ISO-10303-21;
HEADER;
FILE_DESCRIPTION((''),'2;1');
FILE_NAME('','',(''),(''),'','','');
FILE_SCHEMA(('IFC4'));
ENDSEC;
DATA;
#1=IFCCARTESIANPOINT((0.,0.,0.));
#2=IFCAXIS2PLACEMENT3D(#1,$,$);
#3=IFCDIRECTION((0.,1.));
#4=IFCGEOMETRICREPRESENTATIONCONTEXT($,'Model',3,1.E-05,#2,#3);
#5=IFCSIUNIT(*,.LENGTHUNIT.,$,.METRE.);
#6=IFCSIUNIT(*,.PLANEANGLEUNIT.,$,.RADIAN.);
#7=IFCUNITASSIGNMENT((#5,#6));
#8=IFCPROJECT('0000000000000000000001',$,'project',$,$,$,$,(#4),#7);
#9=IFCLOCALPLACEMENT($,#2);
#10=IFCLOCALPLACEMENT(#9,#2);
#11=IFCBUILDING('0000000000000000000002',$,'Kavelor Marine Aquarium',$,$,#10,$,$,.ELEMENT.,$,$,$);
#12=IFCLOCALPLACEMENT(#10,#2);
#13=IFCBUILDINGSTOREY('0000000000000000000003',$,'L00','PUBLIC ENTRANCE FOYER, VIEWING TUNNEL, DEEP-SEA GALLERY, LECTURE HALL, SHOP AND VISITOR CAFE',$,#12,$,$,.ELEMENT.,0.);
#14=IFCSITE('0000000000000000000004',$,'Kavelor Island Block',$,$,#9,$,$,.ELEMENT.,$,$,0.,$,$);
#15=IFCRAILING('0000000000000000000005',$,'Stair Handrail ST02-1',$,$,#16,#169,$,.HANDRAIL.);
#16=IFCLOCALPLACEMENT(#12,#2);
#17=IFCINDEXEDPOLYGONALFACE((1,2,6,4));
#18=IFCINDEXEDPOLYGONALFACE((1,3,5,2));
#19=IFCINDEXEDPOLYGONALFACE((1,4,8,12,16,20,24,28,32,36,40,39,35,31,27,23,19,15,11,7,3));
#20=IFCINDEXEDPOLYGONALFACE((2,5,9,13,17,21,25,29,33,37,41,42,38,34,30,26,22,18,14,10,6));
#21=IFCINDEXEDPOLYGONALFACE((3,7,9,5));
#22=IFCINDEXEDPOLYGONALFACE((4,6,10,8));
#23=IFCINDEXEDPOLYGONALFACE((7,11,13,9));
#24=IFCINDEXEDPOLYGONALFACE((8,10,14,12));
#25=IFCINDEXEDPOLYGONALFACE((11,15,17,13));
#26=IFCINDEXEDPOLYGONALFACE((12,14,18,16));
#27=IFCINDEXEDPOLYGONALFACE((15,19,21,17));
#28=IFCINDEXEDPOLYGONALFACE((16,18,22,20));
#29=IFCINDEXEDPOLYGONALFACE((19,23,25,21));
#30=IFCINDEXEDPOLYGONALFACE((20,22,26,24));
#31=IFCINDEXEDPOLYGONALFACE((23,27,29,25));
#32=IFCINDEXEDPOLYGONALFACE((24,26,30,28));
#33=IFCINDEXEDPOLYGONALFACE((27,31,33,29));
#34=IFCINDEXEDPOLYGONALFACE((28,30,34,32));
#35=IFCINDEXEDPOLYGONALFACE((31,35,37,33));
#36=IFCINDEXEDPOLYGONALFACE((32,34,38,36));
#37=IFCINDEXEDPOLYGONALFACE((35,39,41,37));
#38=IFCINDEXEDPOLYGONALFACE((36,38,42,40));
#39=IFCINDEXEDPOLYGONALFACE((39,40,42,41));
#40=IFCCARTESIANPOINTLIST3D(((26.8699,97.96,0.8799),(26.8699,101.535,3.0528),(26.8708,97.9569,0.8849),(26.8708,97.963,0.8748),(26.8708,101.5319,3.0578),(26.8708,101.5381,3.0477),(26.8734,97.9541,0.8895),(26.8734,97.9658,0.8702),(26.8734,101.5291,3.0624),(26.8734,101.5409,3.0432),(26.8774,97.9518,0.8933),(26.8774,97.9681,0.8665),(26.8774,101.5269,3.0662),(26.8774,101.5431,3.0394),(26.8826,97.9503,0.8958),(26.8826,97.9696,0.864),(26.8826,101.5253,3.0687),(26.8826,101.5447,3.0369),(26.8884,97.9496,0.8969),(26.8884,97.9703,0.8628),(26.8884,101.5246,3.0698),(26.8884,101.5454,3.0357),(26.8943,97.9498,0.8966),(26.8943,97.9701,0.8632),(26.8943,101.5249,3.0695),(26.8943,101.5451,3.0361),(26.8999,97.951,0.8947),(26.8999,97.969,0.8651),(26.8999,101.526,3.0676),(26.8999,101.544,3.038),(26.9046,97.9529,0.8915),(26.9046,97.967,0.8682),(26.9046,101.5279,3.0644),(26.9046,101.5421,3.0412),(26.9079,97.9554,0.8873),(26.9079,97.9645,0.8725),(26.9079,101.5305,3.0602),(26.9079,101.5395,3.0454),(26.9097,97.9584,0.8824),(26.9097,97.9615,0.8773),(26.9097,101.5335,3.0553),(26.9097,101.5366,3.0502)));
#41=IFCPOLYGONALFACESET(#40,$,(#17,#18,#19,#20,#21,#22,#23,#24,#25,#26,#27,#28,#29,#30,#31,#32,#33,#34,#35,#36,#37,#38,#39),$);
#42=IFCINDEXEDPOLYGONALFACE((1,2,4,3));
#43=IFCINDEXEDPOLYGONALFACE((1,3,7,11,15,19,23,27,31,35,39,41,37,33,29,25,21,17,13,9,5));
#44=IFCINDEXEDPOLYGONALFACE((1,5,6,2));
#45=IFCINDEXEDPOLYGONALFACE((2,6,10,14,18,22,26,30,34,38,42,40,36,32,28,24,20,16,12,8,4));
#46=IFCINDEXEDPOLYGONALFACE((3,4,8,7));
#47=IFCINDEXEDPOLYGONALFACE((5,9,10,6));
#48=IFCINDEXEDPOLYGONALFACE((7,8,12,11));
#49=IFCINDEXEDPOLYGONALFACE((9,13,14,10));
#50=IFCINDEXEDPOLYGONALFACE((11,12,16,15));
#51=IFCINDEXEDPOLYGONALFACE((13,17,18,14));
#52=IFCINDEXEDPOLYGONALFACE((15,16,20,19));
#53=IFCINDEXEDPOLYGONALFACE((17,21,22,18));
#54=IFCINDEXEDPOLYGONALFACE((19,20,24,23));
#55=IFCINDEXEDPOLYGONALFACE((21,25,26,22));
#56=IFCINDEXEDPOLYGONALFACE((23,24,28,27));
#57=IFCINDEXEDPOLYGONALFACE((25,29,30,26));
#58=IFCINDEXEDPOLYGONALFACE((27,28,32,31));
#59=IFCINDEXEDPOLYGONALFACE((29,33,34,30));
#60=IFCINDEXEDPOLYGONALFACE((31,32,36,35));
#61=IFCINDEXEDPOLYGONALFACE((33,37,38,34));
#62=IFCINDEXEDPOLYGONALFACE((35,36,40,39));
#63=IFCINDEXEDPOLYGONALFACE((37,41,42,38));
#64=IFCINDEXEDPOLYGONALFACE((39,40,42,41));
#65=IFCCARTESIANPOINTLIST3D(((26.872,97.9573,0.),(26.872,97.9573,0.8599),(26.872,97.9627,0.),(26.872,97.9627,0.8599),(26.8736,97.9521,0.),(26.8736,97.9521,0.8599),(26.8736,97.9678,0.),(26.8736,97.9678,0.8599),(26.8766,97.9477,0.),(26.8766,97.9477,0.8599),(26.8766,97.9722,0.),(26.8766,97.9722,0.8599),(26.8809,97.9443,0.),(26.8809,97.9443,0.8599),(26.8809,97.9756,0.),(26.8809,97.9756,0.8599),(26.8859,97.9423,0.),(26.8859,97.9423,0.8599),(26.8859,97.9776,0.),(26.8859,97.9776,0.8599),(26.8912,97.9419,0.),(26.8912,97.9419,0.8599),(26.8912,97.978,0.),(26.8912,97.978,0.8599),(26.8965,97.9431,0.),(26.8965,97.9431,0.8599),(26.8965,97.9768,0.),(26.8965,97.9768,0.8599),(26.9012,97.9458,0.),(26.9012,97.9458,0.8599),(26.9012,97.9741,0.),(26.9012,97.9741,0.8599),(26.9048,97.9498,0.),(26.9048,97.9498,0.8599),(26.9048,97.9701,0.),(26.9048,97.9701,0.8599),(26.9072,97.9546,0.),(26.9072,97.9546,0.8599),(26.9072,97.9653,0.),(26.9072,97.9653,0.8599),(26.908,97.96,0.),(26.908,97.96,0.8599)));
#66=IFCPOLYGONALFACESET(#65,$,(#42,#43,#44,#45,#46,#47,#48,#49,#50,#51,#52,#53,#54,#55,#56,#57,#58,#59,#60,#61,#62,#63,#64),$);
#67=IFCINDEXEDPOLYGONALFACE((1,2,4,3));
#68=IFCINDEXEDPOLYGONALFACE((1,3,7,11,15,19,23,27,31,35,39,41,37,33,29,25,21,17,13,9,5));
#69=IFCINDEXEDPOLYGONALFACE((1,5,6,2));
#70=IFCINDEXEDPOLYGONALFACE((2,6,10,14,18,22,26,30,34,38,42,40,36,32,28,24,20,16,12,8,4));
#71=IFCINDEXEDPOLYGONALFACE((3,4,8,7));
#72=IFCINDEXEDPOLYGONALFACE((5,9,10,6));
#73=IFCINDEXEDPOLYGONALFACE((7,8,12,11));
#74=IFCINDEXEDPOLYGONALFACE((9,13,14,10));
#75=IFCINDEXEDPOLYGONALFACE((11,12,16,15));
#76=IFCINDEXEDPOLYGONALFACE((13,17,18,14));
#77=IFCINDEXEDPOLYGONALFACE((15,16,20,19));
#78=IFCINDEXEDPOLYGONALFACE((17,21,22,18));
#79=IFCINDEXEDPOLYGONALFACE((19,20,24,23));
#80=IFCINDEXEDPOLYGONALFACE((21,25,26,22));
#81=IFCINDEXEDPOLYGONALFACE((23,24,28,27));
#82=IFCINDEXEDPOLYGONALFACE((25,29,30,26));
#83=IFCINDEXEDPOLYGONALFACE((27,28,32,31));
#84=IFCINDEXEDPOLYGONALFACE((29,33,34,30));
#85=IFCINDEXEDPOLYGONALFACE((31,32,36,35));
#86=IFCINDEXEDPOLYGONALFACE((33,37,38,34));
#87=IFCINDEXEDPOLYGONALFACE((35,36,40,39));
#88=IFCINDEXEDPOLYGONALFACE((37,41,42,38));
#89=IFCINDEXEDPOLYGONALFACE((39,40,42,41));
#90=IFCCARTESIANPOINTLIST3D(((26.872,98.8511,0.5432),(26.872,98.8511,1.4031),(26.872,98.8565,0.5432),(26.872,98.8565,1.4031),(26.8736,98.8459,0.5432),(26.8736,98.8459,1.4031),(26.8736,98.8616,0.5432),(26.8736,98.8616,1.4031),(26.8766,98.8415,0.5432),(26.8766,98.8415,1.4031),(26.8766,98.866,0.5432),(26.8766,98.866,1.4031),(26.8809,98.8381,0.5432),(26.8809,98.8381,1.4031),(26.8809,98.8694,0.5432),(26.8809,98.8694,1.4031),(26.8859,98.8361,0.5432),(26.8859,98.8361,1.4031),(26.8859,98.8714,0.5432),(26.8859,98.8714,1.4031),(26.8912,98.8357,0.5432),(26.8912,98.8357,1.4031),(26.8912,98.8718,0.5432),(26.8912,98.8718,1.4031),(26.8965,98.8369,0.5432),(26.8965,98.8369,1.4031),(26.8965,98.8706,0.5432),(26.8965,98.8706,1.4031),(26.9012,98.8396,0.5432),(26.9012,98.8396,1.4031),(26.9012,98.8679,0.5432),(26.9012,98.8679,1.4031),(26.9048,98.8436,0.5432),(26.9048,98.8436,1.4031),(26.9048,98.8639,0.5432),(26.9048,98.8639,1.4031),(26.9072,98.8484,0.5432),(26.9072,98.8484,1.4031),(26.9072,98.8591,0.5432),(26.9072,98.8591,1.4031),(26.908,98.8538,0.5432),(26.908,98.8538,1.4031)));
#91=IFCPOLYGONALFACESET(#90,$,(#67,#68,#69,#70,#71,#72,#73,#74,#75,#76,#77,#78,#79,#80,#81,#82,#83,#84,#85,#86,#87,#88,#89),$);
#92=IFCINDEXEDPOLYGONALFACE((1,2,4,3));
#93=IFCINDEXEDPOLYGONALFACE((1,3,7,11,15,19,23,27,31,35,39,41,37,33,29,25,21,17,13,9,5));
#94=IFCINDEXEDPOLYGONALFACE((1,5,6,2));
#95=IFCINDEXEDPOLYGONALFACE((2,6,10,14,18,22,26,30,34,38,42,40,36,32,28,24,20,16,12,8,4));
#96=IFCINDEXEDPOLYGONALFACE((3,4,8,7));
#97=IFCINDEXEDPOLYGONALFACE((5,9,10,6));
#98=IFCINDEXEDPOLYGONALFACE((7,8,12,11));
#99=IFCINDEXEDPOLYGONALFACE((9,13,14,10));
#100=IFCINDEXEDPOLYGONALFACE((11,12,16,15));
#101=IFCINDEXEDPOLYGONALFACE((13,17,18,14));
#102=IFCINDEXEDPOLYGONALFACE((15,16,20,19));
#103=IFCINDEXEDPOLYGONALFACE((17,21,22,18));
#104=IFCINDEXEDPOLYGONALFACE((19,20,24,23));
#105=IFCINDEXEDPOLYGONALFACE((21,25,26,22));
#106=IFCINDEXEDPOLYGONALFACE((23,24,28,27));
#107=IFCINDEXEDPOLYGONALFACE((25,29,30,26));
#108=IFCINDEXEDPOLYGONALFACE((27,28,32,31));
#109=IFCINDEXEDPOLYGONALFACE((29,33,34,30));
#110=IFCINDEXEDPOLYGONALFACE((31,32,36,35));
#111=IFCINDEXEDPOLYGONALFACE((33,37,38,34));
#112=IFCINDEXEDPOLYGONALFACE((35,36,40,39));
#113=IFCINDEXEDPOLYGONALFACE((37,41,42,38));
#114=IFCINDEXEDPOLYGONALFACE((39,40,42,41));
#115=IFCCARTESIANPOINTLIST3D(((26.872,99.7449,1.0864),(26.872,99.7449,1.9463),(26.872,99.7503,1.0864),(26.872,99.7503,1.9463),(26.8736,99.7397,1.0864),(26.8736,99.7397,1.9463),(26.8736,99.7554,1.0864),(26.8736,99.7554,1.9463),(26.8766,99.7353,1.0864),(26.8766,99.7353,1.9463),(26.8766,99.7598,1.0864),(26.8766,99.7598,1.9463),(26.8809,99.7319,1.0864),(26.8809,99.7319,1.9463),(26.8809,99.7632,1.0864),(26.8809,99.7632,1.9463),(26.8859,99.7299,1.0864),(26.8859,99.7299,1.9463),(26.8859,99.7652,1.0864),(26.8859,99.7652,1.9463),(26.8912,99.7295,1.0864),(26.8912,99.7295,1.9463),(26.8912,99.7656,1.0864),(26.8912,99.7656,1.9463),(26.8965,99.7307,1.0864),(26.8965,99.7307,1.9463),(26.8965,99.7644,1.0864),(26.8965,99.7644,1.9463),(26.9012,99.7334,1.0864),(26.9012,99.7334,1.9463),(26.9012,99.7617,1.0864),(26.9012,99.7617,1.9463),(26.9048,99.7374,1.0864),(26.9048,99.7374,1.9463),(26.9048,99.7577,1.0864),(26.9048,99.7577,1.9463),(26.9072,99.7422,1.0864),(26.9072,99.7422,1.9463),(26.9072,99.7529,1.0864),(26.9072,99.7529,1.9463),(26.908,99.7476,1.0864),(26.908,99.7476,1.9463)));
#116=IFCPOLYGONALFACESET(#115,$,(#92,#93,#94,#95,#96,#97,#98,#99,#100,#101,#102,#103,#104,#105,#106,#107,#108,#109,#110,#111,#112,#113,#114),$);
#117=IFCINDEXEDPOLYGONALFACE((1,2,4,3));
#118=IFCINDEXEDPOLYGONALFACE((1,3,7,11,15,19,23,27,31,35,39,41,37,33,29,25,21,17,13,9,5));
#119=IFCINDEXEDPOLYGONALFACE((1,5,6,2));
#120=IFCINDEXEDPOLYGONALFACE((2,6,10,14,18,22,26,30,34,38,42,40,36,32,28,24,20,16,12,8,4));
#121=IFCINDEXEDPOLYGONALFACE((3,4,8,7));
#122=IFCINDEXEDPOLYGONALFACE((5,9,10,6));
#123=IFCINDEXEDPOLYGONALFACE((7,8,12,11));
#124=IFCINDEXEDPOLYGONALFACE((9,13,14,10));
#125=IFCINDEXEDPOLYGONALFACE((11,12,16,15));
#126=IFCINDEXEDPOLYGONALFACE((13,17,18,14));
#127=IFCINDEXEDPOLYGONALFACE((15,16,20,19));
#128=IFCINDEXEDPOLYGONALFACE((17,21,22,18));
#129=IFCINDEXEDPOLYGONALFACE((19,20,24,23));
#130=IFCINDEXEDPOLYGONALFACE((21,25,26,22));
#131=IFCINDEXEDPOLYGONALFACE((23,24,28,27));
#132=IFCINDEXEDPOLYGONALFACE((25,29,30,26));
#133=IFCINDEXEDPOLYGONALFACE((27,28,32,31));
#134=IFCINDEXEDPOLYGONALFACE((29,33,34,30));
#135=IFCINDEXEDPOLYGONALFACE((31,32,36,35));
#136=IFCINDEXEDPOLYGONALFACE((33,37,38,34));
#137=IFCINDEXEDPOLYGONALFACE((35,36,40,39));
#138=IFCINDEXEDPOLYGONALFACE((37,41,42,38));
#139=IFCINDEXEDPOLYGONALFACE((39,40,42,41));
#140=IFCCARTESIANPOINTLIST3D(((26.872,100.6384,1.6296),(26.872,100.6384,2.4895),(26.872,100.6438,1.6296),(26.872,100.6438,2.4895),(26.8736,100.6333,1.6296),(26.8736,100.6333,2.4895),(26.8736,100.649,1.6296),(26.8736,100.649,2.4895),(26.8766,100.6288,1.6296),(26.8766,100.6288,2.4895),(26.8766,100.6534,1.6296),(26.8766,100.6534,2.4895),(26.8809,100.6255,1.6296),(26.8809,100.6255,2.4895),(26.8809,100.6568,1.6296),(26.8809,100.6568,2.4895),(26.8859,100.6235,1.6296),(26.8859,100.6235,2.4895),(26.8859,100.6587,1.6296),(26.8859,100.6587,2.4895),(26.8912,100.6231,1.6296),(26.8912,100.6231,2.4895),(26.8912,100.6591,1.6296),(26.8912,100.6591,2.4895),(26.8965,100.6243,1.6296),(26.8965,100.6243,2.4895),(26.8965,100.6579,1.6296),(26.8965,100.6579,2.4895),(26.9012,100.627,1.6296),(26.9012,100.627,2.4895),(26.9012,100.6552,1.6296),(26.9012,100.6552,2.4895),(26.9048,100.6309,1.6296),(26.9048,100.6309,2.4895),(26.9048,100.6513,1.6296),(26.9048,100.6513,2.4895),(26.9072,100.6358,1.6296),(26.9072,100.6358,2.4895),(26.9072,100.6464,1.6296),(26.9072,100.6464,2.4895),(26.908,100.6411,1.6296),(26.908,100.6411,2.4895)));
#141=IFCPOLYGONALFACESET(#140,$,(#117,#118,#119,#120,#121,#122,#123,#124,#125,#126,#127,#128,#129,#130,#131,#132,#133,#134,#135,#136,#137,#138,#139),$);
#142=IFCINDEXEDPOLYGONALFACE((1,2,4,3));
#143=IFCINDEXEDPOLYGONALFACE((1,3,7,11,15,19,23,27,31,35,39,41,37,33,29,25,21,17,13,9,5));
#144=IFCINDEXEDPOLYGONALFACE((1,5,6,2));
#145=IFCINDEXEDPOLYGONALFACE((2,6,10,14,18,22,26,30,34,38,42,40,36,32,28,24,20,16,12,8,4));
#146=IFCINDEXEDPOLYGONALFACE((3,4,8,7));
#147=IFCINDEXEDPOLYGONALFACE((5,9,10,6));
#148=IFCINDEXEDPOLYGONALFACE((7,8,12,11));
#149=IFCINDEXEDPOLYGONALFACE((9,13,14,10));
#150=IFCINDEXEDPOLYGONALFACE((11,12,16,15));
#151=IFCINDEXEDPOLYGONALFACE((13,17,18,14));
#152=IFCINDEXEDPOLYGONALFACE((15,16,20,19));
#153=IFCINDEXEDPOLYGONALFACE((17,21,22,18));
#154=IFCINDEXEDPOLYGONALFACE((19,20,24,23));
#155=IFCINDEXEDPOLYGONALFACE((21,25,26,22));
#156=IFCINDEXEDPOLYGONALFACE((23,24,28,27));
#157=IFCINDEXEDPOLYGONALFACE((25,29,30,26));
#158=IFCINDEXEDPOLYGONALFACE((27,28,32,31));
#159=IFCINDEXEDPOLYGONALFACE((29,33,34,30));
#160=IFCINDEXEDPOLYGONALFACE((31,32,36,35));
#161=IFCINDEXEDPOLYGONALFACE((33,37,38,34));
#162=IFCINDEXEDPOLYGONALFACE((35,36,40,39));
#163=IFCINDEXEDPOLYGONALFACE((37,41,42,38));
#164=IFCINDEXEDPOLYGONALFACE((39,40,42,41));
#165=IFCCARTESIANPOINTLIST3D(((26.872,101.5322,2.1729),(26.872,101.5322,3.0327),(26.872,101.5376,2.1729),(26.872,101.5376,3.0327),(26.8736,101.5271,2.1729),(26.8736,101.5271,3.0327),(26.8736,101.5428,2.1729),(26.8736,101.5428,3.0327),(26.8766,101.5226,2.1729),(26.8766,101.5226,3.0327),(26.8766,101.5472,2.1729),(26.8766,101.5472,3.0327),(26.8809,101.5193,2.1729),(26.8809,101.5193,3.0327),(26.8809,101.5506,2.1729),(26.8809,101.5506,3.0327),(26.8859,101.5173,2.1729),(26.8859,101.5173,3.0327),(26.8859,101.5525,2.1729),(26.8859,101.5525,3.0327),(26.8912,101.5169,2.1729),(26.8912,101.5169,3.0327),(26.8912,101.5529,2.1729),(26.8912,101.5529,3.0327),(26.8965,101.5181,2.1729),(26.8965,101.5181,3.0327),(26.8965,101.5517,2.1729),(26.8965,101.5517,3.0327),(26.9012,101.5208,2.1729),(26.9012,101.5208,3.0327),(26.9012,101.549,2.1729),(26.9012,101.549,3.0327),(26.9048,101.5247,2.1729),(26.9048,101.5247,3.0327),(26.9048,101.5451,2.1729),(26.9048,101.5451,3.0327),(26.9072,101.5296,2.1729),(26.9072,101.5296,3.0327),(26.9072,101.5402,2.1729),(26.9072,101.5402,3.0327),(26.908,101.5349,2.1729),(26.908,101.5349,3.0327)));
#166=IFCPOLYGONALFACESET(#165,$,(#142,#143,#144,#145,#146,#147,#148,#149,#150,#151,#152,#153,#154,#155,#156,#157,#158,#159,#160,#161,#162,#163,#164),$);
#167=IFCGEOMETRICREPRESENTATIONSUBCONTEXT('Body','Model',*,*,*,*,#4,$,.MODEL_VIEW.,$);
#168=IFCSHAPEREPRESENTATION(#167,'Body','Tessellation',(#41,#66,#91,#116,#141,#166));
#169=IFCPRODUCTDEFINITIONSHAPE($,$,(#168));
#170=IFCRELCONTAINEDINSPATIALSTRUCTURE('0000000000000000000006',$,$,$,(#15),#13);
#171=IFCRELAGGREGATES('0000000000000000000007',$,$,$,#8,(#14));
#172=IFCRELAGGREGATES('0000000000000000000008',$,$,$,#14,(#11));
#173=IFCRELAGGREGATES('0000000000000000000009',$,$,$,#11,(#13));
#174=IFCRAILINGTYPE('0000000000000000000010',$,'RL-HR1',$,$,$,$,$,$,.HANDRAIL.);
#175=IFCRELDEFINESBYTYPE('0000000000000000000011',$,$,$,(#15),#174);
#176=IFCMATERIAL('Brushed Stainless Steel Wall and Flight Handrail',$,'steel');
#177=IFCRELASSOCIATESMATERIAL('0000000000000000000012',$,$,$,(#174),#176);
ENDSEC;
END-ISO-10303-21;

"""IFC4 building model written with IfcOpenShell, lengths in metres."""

from ifc_helpers import new_model, si_unit, direction, frame, origin, origin_2d, place, context, subcontext, project, spatial, circle, extrude, material, type_object, element, save


model = new_model("IFC4")

# Units and contexts
model_context = context("Model", 3, precision=1e-05, world=origin(), true_north=direction((0.0, 1.0)))
body_context = subcontext(model_context, "Body", "Model", "MODEL_VIEW")
ifc_project = project(units=[si_unit("LENGTHUNIT", "METRE"), si_unit("PLANEANGLEUNIT", "RADIAN")], contexts=[model_context])

# Site, building, storey
site_placement = place(None, origin())
site = spatial("IfcSite", under=ifc_project, at=site_placement, Name="Kavelor Island Block", CompositionType="ELEMENT", RefElevation=0.0)
building_placement = place(site_placement, origin())
building = spatial("IfcBuilding", under=site, at=building_placement, Name="Kavelor Marine Aquarium", CompositionType="ELEMENT")
storey_placement = place(building_placement, origin())
storey = spatial("IfcBuildingStorey", under=building, at=storey_placement, Name="L00", Description="PUBLIC ENTRANCE FOYER, VIEWING TUNNEL, DEEP-SEA GALLERY, LECTURE HALL, SHOP AND VISITOR CAFE", CompositionType="ELEMENT", Elevation=0.0)

# Railing
ifc_material_1 = material(Name="Brushed Stainless Steel Wall and Flight Handrail", Category="steel")
railing_type_1 = type_object("IfcRailingType", Name="RL-HR1", PredefinedType="HANDRAIL", material=ifc_material_1)
railing_1_placement = place(storey_placement, frame((26.8899, 97.96, 0.0)))
element("IfcRailing", 1, at=railing_1_placement, inside=storey, type_object=railing_type_1, Name="Stair Handrail ST02-1", PredefinedType="HANDRAIL", context=body_context, shape_type="SweptSolid", body=[
    extrude(circle(Radius=0.02, at=origin_2d()), frame((0.0, 0.0, 0.8799), z_axis=(0.0, 0.854539, 0.519388), x_axis=(-1.0, 0.0, 0.0)), (0.0, 0.0, 1.0), 4.1836),
    extrude(circle(Radius=0.0181, at=origin_2d()), origin(), (0.0, 0.0, 1.0), 0.8599),
    extrude(circle(Radius=0.0181, at=origin_2d()), frame((0.0, 0.8938, 0.5432)), (0.0, 0.0, 1.0), 0.8599),
    extrude(circle(Radius=0.0181, at=origin_2d()), frame((0.0, 1.7876, 1.0864)), (0.0, 0.0, 1.0), 0.8599),
    extrude(circle(Radius=0.0181, at=origin_2d()), frame((0.0, 2.6812, 1.6296)), (0.0, 0.0, 1.0), 0.8599),
    extrude(circle(Radius=0.0181, at=origin_2d()), frame((0.0, 3.575, 2.1729)), (0.0, 0.0, 1.0), 0.8599),
])

save(model, "model.ifc")
